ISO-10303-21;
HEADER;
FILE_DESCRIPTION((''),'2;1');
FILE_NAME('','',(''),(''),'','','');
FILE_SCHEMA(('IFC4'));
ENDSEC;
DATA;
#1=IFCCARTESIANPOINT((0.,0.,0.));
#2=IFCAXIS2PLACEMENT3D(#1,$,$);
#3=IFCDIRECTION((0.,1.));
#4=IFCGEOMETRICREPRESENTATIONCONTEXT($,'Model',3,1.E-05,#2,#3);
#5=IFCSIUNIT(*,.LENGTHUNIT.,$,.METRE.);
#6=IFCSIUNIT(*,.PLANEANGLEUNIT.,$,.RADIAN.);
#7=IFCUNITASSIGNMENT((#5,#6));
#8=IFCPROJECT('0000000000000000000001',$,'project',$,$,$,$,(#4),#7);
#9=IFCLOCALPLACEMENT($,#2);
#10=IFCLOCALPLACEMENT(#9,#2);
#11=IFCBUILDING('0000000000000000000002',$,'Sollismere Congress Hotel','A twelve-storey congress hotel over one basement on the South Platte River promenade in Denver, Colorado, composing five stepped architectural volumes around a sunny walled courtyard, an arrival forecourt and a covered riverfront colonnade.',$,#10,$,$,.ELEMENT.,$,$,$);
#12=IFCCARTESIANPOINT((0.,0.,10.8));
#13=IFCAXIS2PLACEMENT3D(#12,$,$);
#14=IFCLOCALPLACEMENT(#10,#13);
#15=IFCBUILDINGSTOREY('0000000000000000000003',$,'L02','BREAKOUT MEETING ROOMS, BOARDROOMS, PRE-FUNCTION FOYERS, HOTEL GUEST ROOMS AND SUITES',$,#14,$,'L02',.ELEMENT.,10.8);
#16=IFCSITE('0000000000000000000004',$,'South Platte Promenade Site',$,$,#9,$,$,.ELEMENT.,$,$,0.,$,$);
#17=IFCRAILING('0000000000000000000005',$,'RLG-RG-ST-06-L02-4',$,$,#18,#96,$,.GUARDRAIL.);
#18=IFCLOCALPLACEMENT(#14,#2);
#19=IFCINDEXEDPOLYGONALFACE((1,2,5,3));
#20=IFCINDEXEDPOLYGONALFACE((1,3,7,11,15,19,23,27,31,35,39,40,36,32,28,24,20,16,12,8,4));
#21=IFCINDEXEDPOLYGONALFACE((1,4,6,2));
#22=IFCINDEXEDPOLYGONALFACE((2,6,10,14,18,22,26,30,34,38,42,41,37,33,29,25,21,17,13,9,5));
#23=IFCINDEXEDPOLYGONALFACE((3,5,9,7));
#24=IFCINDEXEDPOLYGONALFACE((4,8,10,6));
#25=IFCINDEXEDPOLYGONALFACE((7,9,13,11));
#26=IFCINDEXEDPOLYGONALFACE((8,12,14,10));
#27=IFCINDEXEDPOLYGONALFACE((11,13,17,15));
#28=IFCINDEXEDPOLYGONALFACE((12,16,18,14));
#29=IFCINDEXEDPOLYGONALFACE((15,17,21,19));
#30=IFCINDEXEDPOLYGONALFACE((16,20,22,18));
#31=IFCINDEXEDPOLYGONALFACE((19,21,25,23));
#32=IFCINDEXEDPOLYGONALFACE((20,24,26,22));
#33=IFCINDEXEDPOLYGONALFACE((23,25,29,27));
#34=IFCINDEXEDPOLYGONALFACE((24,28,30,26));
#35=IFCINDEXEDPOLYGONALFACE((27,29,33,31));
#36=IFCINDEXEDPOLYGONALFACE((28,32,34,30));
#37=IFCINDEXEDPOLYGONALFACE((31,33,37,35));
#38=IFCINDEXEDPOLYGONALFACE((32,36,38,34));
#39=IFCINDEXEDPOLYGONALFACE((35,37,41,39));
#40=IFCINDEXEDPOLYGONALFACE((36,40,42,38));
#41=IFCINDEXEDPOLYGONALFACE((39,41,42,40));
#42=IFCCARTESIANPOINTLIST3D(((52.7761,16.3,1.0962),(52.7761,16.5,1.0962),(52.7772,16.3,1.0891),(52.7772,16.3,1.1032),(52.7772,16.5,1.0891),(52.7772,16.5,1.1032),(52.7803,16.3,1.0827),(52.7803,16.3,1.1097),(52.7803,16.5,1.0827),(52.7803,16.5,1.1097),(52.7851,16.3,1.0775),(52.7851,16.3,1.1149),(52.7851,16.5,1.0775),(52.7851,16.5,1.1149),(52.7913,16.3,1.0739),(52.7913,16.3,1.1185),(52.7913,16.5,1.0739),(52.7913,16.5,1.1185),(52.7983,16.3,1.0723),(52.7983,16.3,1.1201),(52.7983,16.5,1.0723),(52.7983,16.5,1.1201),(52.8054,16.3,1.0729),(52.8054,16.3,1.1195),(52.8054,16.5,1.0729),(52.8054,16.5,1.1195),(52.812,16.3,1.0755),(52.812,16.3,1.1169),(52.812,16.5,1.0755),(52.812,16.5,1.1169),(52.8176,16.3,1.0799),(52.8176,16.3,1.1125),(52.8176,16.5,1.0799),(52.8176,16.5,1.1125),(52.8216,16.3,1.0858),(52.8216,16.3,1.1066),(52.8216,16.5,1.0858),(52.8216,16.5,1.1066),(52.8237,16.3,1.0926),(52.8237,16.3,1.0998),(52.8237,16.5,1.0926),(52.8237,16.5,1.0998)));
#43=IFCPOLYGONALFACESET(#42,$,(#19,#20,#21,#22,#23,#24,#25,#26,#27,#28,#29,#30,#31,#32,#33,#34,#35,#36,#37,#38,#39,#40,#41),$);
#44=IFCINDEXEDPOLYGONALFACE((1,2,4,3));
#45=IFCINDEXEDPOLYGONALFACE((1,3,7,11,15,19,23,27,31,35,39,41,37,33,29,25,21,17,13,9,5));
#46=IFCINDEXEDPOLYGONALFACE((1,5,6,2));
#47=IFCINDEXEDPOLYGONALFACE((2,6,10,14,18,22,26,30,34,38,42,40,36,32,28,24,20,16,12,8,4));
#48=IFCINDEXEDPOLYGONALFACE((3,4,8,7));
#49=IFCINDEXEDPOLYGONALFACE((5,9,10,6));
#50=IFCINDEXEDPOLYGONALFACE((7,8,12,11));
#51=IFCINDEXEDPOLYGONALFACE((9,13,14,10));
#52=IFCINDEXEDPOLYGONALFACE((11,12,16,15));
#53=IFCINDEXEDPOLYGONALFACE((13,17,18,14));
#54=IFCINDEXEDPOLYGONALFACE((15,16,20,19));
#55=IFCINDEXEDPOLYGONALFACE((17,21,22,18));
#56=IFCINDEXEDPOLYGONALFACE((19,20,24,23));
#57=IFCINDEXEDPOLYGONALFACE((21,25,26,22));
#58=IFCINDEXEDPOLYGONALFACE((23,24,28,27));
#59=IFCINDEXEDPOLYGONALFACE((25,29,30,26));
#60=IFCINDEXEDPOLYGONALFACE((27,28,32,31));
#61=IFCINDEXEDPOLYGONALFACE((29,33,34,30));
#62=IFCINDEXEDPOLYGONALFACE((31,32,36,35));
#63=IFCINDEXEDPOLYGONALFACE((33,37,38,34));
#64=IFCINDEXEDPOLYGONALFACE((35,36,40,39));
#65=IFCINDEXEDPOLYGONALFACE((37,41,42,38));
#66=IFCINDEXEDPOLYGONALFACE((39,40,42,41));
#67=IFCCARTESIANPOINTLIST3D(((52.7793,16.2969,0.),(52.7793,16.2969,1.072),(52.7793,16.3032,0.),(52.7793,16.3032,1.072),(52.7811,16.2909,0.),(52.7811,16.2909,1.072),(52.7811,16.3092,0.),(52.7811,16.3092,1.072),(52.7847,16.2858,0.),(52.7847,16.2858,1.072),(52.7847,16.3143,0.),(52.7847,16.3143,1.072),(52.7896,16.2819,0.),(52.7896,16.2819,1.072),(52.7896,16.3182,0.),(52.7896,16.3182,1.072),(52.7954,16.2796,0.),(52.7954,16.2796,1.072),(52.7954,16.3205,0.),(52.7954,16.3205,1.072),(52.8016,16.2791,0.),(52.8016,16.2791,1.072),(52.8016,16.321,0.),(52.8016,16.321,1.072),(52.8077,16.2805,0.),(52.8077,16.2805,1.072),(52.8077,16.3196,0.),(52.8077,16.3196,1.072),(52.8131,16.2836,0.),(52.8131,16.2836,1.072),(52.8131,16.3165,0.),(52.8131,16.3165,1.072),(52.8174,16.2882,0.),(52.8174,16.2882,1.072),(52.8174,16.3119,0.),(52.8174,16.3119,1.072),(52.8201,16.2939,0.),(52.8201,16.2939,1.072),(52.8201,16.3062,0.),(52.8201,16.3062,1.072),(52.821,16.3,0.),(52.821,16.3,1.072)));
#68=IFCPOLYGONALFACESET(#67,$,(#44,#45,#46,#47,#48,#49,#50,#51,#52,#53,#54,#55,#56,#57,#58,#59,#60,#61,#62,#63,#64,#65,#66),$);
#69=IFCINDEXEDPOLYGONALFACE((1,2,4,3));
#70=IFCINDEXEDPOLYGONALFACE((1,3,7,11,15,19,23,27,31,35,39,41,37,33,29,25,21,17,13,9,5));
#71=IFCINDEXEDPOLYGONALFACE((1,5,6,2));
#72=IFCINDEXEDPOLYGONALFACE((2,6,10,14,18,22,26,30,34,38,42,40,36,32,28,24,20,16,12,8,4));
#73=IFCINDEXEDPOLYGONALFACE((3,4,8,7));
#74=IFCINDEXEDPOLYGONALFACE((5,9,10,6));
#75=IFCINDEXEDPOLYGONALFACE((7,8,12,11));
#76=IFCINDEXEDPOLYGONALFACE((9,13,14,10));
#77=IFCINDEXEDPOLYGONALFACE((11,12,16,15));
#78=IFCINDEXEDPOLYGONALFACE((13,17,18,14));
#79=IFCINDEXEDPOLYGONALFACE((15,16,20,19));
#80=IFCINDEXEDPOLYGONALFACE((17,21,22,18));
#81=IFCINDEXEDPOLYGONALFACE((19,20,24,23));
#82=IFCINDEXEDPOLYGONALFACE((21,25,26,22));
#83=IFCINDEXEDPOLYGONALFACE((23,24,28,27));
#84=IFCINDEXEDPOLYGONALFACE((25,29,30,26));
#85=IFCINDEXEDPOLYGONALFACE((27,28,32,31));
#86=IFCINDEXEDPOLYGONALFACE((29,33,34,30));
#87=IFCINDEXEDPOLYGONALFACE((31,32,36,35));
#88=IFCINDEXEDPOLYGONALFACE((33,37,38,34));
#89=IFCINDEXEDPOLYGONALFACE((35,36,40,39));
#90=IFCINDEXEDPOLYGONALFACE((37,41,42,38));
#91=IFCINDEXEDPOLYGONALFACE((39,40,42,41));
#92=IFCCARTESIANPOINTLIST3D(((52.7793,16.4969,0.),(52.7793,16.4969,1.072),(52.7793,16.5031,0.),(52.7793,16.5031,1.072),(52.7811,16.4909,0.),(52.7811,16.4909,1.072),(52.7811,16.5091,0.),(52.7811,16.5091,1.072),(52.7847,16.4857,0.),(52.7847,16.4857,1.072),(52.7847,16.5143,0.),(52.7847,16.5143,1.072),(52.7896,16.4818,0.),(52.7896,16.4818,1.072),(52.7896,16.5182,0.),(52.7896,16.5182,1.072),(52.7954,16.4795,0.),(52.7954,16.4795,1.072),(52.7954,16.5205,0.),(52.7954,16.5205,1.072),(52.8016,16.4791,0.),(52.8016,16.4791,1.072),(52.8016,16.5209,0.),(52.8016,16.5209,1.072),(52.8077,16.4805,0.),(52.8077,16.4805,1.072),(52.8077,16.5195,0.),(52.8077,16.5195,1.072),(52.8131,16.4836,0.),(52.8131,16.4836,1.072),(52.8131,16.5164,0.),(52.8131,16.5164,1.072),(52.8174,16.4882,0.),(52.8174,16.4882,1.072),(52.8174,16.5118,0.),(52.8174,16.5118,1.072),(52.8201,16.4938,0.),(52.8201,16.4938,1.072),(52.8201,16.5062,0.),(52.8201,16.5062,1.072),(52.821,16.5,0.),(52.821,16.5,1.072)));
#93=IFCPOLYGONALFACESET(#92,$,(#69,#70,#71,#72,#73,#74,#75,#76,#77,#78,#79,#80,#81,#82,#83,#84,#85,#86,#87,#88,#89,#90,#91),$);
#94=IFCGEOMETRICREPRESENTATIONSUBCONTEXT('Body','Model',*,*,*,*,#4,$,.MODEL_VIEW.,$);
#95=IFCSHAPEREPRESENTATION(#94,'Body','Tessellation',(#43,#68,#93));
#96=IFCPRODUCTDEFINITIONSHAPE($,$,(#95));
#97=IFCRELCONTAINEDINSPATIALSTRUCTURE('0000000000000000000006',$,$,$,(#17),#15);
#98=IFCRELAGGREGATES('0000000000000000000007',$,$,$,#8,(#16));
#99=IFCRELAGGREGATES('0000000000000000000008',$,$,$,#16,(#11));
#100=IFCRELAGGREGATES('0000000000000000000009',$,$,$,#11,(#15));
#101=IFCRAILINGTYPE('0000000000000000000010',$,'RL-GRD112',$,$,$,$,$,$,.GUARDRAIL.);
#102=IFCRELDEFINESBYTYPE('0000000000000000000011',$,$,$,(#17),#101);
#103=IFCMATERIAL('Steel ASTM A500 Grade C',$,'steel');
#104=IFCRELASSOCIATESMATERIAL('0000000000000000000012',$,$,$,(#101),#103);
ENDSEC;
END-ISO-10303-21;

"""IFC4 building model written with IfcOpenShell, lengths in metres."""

from ifc_helpers import new_model, si_unit, direction, frame, origin, origin_2d, place, context, subcontext, project, spatial, circle, extrude, material, type_object, element, save


model = new_model("IFC4")

# Units and contexts
model_context = context("Model", 3, precision=1e-05, world=origin(), true_north=direction((0.0, 1.0)))
body_context = subcontext(model_context, "Body", "Model", "MODEL_VIEW")
ifc_project = project(units=[si_unit("LENGTHUNIT", "METRE"), si_unit("PLANEANGLEUNIT", "RADIAN")], contexts=[model_context])

# Site, building, storey
site_placement = place(None, origin())
site = spatial("IfcSite", under=ifc_project, at=site_placement, Name="South Platte Promenade Site", CompositionType="ELEMENT", RefElevation=0.0)
building_placement = place(site_placement, origin())
building = spatial("IfcBuilding", under=site, at=building_placement, Name="Sollismere Congress Hotel", Description="A twelve-storey congress hotel over one basement on the South Platte River promenade in Denver, Colorado, composing five stepped architectural volumes around a sunny walled courtyard, an arrival forecourt and a covered riverfront colonnade.", CompositionType="ELEMENT")
storey_placement = place(building_placement, frame((0.0, 0.0, 10.8)))
storey = spatial("IfcBuildingStorey", under=building, at=storey_placement, Name="L02", Description="BREAKOUT MEETING ROOMS, BOARDROOMS, PRE-FUNCTION FOYERS, HOTEL GUEST ROOMS AND SUITES", LongName="L02", CompositionType="ELEMENT", Elevation=10.8)

# Railing
ifc_material_1 = material(Name="Steel ASTM A500 Grade C", Category="steel")
railing_type_1 = type_object("IfcRailingType", Name="RL-GRD112", PredefinedType="GUARDRAIL", material=ifc_material_1)
railing_1_placement = place(storey_placement, frame((52.8, 16.3, 0.0)))
element("IfcRailing", 1, at=railing_1_placement, inside=storey, type_object=railing_type_1, Name="RLG-RG-ST-06-L02-4", PredefinedType="GUARDRAIL", context=body_context, shape_type="SweptSolid", body=[
    extrude(circle(Radius=0.0239, at=origin_2d()), frame((0.0, 0.0, 1.0962), z_axis=(0.0, 1.0, 0.0), x_axis=(-1.0, 0.0, 0.0)), (0.0, 0.0, 1.0), 0.2),
    extrude(circle(Radius=0.021, at=origin_2d()), origin(), (0.0, 0.0, 1.0), 1.072),
    extrude(circle(Radius=0.021, at=origin_2d()), frame((0.0, 0.2, 0.0)), (0.0, 0.0, 1.0), 1.072),
])

save(model, "model.ifc")
